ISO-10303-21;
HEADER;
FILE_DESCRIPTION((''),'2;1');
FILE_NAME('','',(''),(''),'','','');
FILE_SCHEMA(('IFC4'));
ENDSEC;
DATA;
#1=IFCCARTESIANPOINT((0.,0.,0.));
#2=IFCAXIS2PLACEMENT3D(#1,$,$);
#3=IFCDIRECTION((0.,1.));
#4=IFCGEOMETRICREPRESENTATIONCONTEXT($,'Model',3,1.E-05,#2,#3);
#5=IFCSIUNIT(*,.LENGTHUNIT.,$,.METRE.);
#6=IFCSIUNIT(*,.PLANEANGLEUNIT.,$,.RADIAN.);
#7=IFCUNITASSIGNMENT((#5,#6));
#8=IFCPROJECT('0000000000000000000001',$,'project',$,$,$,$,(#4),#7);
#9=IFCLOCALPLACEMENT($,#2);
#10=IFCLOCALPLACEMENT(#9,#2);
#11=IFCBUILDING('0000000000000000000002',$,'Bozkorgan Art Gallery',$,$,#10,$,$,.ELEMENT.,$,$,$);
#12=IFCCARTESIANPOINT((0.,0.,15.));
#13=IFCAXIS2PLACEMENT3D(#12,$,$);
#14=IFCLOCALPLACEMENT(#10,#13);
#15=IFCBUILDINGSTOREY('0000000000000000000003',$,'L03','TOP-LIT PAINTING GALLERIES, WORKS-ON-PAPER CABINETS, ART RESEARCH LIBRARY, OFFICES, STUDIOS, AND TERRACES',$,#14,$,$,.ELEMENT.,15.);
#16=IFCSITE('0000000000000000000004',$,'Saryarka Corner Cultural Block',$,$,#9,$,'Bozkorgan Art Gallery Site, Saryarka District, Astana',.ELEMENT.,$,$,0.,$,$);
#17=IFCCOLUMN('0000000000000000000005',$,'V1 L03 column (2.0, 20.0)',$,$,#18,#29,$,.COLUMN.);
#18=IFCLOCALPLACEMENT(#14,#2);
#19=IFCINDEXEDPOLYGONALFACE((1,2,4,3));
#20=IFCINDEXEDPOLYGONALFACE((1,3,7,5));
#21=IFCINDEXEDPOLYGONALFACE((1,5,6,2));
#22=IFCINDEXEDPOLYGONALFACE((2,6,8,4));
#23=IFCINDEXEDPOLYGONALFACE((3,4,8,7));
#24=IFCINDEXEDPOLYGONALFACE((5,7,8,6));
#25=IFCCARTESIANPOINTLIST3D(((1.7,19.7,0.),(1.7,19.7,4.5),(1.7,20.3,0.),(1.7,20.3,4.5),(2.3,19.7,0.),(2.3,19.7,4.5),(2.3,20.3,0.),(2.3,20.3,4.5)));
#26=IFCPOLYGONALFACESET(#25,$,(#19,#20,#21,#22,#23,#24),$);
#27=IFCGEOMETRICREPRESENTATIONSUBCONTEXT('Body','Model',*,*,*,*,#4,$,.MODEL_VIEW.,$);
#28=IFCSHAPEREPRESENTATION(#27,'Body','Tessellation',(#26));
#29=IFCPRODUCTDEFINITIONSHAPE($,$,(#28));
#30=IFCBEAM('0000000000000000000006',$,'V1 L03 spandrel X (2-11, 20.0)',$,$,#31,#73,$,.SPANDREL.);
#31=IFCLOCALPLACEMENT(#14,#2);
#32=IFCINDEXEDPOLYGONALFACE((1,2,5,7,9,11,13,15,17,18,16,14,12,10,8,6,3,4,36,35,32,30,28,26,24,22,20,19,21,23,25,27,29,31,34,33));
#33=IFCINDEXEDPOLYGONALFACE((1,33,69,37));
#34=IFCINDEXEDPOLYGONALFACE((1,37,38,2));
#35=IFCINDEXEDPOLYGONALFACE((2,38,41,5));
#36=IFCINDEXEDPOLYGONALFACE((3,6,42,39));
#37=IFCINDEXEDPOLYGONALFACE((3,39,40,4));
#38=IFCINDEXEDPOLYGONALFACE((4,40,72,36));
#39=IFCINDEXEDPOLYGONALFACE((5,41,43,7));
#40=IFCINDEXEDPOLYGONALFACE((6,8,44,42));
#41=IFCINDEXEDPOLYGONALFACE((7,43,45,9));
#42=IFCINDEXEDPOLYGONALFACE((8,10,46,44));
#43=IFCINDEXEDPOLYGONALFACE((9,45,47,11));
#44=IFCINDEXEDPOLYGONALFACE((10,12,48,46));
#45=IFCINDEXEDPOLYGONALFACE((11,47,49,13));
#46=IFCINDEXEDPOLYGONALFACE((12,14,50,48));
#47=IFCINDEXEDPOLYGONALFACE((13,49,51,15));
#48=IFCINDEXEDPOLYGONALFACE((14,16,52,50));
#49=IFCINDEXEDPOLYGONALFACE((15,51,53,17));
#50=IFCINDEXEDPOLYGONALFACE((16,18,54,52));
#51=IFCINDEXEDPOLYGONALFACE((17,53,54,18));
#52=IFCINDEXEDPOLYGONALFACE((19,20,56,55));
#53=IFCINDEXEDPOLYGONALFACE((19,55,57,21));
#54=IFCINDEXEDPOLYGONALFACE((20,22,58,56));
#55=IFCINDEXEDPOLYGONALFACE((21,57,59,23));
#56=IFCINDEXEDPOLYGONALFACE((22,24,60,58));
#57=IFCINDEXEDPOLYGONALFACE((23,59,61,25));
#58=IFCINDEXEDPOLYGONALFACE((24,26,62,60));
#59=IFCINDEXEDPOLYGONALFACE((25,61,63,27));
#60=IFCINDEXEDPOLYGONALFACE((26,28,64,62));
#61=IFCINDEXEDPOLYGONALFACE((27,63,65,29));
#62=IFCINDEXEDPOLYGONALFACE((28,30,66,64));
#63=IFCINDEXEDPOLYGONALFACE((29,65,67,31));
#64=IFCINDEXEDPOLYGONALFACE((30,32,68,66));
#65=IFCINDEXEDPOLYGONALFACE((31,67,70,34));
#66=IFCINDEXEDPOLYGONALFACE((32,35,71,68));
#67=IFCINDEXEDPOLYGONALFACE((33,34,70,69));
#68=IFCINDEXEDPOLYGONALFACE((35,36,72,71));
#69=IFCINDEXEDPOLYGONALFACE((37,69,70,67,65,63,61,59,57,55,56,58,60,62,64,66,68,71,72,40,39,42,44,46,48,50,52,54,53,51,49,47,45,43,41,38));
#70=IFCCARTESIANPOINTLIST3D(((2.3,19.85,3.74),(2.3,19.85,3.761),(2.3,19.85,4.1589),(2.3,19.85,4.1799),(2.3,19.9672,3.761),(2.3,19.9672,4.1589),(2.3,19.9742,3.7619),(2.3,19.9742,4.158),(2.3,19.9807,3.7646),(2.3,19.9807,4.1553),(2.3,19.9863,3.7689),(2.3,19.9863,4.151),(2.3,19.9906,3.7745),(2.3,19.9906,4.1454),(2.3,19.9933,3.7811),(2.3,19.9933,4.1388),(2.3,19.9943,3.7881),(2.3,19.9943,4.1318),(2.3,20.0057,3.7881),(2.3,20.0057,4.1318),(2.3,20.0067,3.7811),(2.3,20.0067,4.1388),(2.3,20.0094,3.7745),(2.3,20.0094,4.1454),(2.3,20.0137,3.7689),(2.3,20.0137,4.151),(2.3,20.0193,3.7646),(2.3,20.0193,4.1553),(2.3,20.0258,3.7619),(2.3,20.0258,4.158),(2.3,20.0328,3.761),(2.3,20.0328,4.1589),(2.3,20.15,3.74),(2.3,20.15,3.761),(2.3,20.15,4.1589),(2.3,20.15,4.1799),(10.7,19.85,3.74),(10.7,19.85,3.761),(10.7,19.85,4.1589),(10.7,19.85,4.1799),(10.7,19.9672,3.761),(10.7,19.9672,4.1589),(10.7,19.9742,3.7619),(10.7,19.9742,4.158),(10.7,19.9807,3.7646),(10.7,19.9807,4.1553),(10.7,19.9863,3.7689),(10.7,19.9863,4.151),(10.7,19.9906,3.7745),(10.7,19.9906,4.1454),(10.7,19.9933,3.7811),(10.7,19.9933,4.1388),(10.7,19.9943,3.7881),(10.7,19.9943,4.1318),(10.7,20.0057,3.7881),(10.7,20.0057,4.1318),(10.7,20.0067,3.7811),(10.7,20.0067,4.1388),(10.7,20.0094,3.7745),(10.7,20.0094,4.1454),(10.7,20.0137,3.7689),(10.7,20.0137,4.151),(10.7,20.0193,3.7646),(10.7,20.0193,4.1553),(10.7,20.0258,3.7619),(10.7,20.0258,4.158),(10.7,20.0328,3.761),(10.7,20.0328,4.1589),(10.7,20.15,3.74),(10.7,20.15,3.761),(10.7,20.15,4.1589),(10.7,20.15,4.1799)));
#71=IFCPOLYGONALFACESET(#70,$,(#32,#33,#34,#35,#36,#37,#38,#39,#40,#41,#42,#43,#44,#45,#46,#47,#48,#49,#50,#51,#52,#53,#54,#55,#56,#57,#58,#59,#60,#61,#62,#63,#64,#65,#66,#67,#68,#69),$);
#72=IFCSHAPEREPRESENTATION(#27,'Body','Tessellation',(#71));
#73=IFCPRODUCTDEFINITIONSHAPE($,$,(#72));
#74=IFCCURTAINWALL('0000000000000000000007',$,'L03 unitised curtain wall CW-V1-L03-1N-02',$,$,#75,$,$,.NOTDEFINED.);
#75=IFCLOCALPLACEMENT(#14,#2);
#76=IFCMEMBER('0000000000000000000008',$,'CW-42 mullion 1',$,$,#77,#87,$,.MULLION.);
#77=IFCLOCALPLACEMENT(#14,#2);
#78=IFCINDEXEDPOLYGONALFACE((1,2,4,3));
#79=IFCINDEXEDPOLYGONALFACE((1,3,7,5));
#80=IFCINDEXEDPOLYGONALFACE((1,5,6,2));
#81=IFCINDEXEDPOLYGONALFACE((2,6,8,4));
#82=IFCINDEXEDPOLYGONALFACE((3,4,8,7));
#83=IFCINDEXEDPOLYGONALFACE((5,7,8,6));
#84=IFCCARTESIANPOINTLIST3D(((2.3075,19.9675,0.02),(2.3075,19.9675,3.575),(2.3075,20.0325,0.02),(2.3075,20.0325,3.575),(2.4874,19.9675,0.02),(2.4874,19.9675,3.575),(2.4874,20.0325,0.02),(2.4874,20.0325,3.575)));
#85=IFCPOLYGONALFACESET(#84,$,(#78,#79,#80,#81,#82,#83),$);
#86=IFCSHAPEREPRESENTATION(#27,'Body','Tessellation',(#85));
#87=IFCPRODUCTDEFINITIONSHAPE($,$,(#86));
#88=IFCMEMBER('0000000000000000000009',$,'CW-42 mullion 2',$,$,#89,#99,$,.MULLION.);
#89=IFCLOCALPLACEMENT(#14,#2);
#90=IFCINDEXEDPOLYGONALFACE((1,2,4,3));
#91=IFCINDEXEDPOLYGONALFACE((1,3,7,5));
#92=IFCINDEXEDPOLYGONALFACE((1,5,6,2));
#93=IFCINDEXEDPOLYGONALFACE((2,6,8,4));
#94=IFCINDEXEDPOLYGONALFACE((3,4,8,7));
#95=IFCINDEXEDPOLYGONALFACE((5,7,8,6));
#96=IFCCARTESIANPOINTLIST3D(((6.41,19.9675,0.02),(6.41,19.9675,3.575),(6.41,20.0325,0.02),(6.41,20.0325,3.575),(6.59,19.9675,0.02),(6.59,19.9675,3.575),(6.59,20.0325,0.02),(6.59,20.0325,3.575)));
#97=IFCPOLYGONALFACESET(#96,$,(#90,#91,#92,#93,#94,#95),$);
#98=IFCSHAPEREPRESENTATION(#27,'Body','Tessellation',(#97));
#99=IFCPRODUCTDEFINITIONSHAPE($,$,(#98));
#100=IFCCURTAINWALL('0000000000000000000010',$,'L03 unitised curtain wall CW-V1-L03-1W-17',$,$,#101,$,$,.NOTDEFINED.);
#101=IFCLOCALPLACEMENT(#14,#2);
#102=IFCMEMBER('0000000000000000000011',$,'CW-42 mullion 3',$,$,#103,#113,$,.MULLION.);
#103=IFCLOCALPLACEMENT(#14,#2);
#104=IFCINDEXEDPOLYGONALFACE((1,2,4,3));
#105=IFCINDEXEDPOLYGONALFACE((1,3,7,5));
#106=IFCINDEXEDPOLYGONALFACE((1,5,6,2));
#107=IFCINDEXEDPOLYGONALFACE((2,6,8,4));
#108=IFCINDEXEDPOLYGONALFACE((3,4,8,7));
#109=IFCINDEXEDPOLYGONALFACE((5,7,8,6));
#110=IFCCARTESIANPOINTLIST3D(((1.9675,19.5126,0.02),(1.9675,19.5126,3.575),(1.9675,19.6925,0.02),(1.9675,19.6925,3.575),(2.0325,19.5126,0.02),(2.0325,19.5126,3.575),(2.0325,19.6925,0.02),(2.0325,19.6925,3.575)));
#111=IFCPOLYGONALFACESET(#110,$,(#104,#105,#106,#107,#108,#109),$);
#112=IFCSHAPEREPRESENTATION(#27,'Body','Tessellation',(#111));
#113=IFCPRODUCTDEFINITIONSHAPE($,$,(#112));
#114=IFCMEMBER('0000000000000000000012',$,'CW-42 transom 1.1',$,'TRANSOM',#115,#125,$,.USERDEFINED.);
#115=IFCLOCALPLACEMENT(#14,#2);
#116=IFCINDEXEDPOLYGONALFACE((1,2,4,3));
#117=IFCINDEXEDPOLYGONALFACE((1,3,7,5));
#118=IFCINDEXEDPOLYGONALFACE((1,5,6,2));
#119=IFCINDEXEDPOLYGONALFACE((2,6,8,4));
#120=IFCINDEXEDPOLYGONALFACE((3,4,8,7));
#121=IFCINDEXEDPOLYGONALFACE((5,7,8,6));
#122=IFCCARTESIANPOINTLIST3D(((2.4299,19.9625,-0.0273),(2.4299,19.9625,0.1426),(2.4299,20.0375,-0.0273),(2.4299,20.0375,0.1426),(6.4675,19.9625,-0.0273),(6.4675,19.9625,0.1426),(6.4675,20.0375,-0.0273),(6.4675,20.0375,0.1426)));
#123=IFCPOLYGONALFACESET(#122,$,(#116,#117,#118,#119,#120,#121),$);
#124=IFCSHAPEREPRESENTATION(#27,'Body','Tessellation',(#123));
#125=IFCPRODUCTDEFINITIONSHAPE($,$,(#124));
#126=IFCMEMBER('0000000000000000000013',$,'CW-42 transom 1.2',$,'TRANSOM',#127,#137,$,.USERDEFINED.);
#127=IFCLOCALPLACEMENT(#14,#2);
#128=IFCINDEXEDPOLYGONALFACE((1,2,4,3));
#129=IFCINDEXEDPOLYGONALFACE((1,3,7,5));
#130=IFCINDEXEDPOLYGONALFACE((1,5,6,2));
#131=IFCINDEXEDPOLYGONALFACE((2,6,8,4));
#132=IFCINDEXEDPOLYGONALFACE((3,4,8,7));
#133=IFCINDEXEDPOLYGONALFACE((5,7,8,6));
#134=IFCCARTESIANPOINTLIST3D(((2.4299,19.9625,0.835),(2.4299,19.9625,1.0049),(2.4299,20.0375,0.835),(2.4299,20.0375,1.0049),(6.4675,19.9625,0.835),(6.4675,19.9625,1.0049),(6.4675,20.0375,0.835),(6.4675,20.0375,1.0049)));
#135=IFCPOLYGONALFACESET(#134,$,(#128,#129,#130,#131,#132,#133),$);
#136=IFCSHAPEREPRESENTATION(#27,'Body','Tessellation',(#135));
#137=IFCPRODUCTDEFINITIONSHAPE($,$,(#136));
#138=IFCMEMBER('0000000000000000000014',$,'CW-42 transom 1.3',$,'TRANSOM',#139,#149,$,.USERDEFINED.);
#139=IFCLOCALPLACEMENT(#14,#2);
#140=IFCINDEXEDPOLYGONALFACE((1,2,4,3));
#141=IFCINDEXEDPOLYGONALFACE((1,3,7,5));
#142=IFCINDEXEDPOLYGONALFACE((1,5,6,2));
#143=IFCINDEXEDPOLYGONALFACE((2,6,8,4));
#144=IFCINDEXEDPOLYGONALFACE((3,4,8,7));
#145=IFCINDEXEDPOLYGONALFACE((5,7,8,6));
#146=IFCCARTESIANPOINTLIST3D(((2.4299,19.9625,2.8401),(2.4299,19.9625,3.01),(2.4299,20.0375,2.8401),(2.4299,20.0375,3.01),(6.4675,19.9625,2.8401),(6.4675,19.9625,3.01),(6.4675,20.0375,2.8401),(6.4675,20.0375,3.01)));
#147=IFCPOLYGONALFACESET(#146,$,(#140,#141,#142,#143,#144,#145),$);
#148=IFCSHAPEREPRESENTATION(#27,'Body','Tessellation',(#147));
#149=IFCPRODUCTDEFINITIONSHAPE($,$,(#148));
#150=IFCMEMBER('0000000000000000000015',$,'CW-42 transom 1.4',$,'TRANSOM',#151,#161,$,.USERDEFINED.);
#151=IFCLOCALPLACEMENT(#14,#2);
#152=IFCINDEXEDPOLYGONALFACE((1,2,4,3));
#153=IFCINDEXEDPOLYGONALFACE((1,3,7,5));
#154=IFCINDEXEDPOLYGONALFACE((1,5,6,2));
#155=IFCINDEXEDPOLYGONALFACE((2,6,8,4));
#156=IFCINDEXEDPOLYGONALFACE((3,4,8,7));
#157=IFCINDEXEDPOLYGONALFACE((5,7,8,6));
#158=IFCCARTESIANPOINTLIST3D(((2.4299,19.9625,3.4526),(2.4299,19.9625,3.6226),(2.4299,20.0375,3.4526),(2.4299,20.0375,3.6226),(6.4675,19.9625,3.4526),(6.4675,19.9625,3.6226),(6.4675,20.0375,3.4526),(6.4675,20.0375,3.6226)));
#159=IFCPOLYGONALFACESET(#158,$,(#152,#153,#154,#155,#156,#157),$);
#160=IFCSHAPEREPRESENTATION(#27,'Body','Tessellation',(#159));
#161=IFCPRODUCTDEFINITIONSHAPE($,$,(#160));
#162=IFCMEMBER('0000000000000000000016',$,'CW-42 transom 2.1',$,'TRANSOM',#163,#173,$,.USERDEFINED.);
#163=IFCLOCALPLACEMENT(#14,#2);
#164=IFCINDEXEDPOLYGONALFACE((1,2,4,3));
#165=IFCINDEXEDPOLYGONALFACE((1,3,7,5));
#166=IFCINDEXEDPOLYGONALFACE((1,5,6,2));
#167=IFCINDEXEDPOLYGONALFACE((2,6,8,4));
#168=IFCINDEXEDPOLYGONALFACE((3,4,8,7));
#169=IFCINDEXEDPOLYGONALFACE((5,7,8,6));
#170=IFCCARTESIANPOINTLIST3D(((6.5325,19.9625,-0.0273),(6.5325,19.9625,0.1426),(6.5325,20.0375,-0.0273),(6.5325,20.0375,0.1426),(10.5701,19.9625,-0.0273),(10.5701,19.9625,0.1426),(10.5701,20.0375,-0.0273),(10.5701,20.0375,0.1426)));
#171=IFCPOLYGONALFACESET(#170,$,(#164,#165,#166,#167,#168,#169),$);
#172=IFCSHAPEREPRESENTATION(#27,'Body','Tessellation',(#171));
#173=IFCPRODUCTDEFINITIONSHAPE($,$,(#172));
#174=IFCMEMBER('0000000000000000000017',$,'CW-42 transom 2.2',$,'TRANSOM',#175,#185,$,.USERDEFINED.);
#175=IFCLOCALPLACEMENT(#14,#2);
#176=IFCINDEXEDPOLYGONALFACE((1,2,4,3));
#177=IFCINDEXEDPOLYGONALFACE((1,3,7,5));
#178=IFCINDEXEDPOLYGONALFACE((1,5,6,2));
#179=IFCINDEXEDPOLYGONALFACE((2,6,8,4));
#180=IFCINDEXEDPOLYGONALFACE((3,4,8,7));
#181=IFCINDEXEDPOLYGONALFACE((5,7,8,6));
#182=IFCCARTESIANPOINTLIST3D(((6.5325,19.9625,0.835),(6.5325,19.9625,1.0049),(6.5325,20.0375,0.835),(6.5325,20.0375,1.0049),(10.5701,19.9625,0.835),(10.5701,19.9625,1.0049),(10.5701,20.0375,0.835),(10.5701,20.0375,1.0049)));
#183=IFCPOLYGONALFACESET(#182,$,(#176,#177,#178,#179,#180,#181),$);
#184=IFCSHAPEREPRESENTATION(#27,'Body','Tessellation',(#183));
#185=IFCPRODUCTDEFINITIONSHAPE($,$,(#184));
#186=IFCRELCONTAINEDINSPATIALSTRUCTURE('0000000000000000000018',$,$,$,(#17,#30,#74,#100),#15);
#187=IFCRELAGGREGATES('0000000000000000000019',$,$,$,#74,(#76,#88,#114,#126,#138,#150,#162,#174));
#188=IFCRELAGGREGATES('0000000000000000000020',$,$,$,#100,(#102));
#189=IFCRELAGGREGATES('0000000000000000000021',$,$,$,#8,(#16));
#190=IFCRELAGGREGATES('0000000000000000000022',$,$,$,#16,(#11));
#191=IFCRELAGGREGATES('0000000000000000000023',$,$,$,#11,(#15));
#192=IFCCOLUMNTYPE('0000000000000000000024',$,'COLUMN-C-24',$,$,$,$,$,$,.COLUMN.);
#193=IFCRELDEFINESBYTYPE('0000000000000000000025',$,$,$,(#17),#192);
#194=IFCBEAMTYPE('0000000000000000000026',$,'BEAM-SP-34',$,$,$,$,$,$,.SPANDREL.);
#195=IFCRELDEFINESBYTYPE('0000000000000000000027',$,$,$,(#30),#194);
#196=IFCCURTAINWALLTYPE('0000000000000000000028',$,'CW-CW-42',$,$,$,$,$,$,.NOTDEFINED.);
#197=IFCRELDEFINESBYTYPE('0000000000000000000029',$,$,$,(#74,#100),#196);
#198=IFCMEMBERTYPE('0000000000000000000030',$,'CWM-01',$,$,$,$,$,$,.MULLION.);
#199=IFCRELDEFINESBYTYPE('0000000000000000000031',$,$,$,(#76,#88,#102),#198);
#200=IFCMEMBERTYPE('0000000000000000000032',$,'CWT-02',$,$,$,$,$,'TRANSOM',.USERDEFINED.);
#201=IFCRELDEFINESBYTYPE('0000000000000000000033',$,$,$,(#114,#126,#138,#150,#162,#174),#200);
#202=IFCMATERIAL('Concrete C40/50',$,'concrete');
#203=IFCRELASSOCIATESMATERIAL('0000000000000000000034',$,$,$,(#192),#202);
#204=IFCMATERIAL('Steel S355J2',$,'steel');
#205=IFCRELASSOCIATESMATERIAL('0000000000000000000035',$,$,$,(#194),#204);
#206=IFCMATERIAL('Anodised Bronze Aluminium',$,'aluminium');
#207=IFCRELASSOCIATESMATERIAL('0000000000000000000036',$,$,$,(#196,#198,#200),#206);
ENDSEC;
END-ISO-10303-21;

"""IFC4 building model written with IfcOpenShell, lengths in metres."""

from ifc_helpers import new_model, si_unit, direction, frame, origin, origin_2d, place, context, subcontext, project, spatial, rectangle, i_section, extrude, material, material_profile, profile_set, type_object, element, aggregate, save


model = new_model("IFC4")

# Units and contexts
model_context = context("Model", 3, precision=1e-05, world=origin(), true_north=direction((0.0, 1.0)))
body_context = subcontext(model_context, "Body", "Model", "MODEL_VIEW")
ifc_project = project(units=[si_unit("LENGTHUNIT", "METRE"), si_unit("PLANEANGLEUNIT", "RADIAN")], contexts=[model_context])

# Site, building, storey
site_placement = place(None, origin())
site = spatial("IfcSite", under=ifc_project, at=site_placement, Name="Saryarka Corner Cultural Block", LongName="Bozkorgan Art Gallery Site, Saryarka District, Astana", CompositionType="ELEMENT", RefElevation=0.0)
building_placement = place(site_placement, origin())
building = spatial("IfcBuilding", under=site, at=building_placement, Name="Bozkorgan Art Gallery", CompositionType="ELEMENT")
storey_placement = place(building_placement, frame((0.0, 0.0, 15.0)))
storey = spatial("IfcBuildingStorey", under=building, at=storey_placement, Name="L03", Description="TOP-LIT PAINTING GALLERIES, WORKS-ON-PAPER CABINETS, ART RESEARCH LIBRARY, OFFICES, STUDIOS, AND TERRACES", CompositionType="ELEMENT", Elevation=15.0)

# Column
ifc_material_1 = material(Name="Concrete C40/50", Category="concrete")
ifc_material_profile_1 = material_profile(ifc_material_1, rectangle(XDim=0.6001, YDim=0.6001, at=origin_2d()), Name="RC 600x600")
ifc_profile_set_1 = profile_set([ifc_material_profile_1], Name="Concrete C40/50")
column_type = type_object("IfcColumnType", Name="COLUMN-C-24", PredefinedType="COLUMN", material=ifc_profile_set_1)
column_placement = place(storey_placement, frame((2.0, 20.0, 0.0), z_axis=(0.0, 0.0, 1.0), x_axis=(1.0, 0.0, 0.0)))
element("IfcColumn", 1, at=column_placement, inside=storey, type_object=column_type, Name="V1 L03 column (2.0, 20.0)", PredefinedType="COLUMN", context=body_context, shape_type="SweptSolid", body=[
    extrude(rectangle(XDim=0.6001, YDim=0.6001, at=origin_2d()), origin(), (0.0, 0.0, 1.0), 4.5),
])

# Beam
ifc_material_2 = material(Name="Steel S355J2", Category="steel")
ifc_material_profile_2 = material_profile(ifc_material_2, i_section(OverallWidth=0.3, OverallDepth=0.4399, WebThickness=0.0115, FlangeThickness=0.021, FilletRadius=0.0271, at=origin_2d()), Name="HEA 450")
ifc_profile_set_2 = profile_set([ifc_material_profile_2], Name="Steel S355J2")
beam_type = type_object("IfcBeamType", Name="BEAM-SP-34", PredefinedType="SPANDREL", material=ifc_profile_set_2)
beam_placement = place(storey_placement, frame((2.3, 20.0, 3.96), z_axis=(1.0, 0.0, 0.0), x_axis=(0.0, 1.0, 0.0)))
element("IfcBeam", 2, at=beam_placement, inside=storey, type_object=beam_type, Name="V1 L03 spandrel X (2-11, 20.0)", PredefinedType="SPANDREL", context=body_context, shape_type="SweptSolid", body=[
    extrude(i_section(OverallWidth=0.3, OverallDepth=0.4399, WebThickness=0.0115, FlangeThickness=0.021, FilletRadius=0.0271, at=origin_2d()), origin(), (0.0, 0.0, 1.0), 8.3999),
])

# Curtain wall, members
ifc_material_3 = material(Name="Anodised Bronze Aluminium", Category="aluminium")
curtain_wall_type = type_object("IfcCurtainWallType", Name="CW-CW-42", PredefinedType="NOTDEFINED", material=ifc_material_3)
curtain_wall_1_placement = place(storey_placement, origin())
curtain_wall_1 = element("IfcCurtainWall", 3, at=curtain_wall_1_placement, inside=storey, type_object=curtain_wall_type, Name="L03 unitised curtain wall CW-V1-L03-1N-02", PredefinedType="NOTDEFINED")
ifc_material_profile_3 = material_profile(ifc_material_3, rectangle(XDim=0.0649, YDim=0.1799, at=origin_2d()), Name="ALU MULLION 65x180")
ifc_profile_set_3 = profile_set([ifc_material_profile_3], Name="Anodised Bronze Aluminium")
member_type_1 = type_object("IfcMemberType", Name="CWM-01", PredefinedType="MULLION", material=ifc_profile_set_3)
member_1_placement = place(storey_placement, frame((2.3975, 20.0, 0.02), z_axis=(0.0, 0.0, 1.0), x_axis=(0.0, 1.0, 0.0)))
member_1 = element("IfcMember", 4, at=member_1_placement, type_object=member_type_1, Name="CW-42 mullion 1", PredefinedType="MULLION", context=body_context, shape_type="SweptSolid", body=[
    extrude(rectangle(XDim=0.0649, YDim=0.1799, at=origin_2d()), origin(), (0.0, 0.0, 1.0), 3.5549),
])
member_2_placement = place(storey_placement, frame((6.5, 20.0, 0.02), z_axis=(0.0, 0.0, 1.0), x_axis=(0.0, 1.0, 0.0)))
member_2 = element("IfcMember", 5, at=member_2_placement, type_object=member_type_1, Name="CW-42 mullion 2", PredefinedType="MULLION", context=body_context, shape_type="SweptSolid", body=[
    extrude(rectangle(XDim=0.0649, YDim=0.1799, at=origin_2d()), origin(), (0.0, 0.0, 1.0), 3.5549),
])

# Curtain wall, member
curtain_wall_2_placement = place(storey_placement, origin())
curtain_wall_2 = element("IfcCurtainWall", 6, at=curtain_wall_2_placement, inside=storey, type_object=curtain_wall_type, Name="L03 unitised curtain wall CW-V1-L03-1W-17", PredefinedType="NOTDEFINED")
member_3_placement = place(storey_placement, frame((2.0, 19.6025, 0.02), z_axis=(0.0, 0.0, 1.0), x_axis=(-1.0, 0.0, 0.0)))
member_3 = element("IfcMember", 7, at=member_3_placement, type_object=member_type_1, Name="CW-42 mullion 3", PredefinedType="MULLION", context=body_context, shape_type="SweptSolid", body=[
    extrude(rectangle(XDim=0.0649, YDim=0.1799, at=origin_2d()), origin(), (0.0, 0.0, 1.0), 3.5549),
])

# Members
ifc_material_profile_4 = material_profile(ifc_material_3, rectangle(XDim=0.075, YDim=0.1699, at=origin_2d()), Name="ALU TRANSOM 75x170")
ifc_profile_set_4 = profile_set([ifc_material_profile_4], Name="Anodised Bronze Aluminium")
member_type_2 = type_object("IfcMemberType", Name="CWT-02", ElementType="TRANSOM", PredefinedType="USERDEFINED", material=ifc_profile_set_4)
member_4_placement = place(storey_placement, frame((2.4299, 20.0, 0.0576), z_axis=(1.0, 0.0, 0.0), x_axis=(0.0, 1.0, 0.0)))
member_4 = element("IfcMember", 8, at=member_4_placement, type_object=member_type_2, Name="CW-42 transom 1.1", ObjectType="TRANSOM", PredefinedType="USERDEFINED", context=body_context, shape_type="SweptSolid", body=[
    extrude(rectangle(XDim=0.075, YDim=0.1699, at=origin_2d()), origin(), (0.0, 0.0, 1.0), 4.0376),
])
member_5_placement = place(storey_placement, frame((2.4299, 20.0, 0.9199), z_axis=(1.0, 0.0, 0.0), x_axis=(0.0, 1.0, 0.0)))
member_5 = element("IfcMember", 9, at=member_5_placement, type_object=member_type_2, Name="CW-42 transom 1.2", ObjectType="TRANSOM", PredefinedType="USERDEFINED", context=body_context, shape_type="SweptSolid", body=[
    extrude(rectangle(XDim=0.075, YDim=0.1699, at=origin_2d()), origin(), (0.0, 0.0, 1.0), 4.0376),
])
member_6_placement = place(storey_placement, frame((2.4299, 20.0, 2.925), z_axis=(1.0, 0.0, 0.0), x_axis=(0.0, 1.0, 0.0)))
member_6 = element("IfcMember", 10, at=member_6_placement, type_object=member_type_2, Name="CW-42 transom 1.3", ObjectType="TRANSOM", PredefinedType="USERDEFINED", context=body_context, shape_type="SweptSolid", body=[
    extrude(rectangle(XDim=0.075, YDim=0.1699, at=origin_2d()), origin(), (0.0, 0.0, 1.0), 4.0376),
])
member_7_placement = place(storey_placement, frame((2.4299, 20.0, 3.5376), z_axis=(1.0, 0.0, 0.0), x_axis=(0.0, 1.0, 0.0)))
member_7 = element("IfcMember", 11, at=member_7_placement, type_object=member_type_2, Name="CW-42 transom 1.4", ObjectType="TRANSOM", PredefinedType="USERDEFINED", context=body_context, shape_type="SweptSolid", body=[
    extrude(rectangle(XDim=0.075, YDim=0.1699, at=origin_2d()), origin(), (0.0, 0.0, 1.0), 4.0376),
])
member_8_placement = place(storey_placement, frame((6.5325, 20.0, 0.0576), z_axis=(1.0, 0.0, 0.0), x_axis=(0.0, 1.0, 0.0)))
member_8 = element("IfcMember", 12, at=member_8_placement, type_object=member_type_2, Name="CW-42 transom 2.1", ObjectType="TRANSOM", PredefinedType="USERDEFINED", context=body_context, shape_type="SweptSolid", body=[
    extrude(rectangle(XDim=0.075, YDim=0.1699, at=origin_2d()), origin(), (0.0, 0.0, 1.0), 4.0376),
])
member_9_placement = place(storey_placement, frame((6.5325, 20.0, 0.9199), z_axis=(1.0, 0.0, 0.0), x_axis=(0.0, 1.0, 0.0)))
member_9 = element("IfcMember", 13, at=member_9_placement, type_object=member_type_2, Name="CW-42 transom 2.2", ObjectType="TRANSOM", PredefinedType="USERDEFINED", context=body_context, shape_type="SweptSolid", body=[
    extrude(rectangle(XDim=0.075, YDim=0.1699, at=origin_2d()), origin(), (0.0, 0.0, 1.0), 4.0376),
])

aggregate(curtain_wall_1, [member_1, member_2, member_4, member_5, member_6, member_7, member_8, member_9])
aggregate(curtain_wall_2, [member_3])

save(model, "model.ifc")
